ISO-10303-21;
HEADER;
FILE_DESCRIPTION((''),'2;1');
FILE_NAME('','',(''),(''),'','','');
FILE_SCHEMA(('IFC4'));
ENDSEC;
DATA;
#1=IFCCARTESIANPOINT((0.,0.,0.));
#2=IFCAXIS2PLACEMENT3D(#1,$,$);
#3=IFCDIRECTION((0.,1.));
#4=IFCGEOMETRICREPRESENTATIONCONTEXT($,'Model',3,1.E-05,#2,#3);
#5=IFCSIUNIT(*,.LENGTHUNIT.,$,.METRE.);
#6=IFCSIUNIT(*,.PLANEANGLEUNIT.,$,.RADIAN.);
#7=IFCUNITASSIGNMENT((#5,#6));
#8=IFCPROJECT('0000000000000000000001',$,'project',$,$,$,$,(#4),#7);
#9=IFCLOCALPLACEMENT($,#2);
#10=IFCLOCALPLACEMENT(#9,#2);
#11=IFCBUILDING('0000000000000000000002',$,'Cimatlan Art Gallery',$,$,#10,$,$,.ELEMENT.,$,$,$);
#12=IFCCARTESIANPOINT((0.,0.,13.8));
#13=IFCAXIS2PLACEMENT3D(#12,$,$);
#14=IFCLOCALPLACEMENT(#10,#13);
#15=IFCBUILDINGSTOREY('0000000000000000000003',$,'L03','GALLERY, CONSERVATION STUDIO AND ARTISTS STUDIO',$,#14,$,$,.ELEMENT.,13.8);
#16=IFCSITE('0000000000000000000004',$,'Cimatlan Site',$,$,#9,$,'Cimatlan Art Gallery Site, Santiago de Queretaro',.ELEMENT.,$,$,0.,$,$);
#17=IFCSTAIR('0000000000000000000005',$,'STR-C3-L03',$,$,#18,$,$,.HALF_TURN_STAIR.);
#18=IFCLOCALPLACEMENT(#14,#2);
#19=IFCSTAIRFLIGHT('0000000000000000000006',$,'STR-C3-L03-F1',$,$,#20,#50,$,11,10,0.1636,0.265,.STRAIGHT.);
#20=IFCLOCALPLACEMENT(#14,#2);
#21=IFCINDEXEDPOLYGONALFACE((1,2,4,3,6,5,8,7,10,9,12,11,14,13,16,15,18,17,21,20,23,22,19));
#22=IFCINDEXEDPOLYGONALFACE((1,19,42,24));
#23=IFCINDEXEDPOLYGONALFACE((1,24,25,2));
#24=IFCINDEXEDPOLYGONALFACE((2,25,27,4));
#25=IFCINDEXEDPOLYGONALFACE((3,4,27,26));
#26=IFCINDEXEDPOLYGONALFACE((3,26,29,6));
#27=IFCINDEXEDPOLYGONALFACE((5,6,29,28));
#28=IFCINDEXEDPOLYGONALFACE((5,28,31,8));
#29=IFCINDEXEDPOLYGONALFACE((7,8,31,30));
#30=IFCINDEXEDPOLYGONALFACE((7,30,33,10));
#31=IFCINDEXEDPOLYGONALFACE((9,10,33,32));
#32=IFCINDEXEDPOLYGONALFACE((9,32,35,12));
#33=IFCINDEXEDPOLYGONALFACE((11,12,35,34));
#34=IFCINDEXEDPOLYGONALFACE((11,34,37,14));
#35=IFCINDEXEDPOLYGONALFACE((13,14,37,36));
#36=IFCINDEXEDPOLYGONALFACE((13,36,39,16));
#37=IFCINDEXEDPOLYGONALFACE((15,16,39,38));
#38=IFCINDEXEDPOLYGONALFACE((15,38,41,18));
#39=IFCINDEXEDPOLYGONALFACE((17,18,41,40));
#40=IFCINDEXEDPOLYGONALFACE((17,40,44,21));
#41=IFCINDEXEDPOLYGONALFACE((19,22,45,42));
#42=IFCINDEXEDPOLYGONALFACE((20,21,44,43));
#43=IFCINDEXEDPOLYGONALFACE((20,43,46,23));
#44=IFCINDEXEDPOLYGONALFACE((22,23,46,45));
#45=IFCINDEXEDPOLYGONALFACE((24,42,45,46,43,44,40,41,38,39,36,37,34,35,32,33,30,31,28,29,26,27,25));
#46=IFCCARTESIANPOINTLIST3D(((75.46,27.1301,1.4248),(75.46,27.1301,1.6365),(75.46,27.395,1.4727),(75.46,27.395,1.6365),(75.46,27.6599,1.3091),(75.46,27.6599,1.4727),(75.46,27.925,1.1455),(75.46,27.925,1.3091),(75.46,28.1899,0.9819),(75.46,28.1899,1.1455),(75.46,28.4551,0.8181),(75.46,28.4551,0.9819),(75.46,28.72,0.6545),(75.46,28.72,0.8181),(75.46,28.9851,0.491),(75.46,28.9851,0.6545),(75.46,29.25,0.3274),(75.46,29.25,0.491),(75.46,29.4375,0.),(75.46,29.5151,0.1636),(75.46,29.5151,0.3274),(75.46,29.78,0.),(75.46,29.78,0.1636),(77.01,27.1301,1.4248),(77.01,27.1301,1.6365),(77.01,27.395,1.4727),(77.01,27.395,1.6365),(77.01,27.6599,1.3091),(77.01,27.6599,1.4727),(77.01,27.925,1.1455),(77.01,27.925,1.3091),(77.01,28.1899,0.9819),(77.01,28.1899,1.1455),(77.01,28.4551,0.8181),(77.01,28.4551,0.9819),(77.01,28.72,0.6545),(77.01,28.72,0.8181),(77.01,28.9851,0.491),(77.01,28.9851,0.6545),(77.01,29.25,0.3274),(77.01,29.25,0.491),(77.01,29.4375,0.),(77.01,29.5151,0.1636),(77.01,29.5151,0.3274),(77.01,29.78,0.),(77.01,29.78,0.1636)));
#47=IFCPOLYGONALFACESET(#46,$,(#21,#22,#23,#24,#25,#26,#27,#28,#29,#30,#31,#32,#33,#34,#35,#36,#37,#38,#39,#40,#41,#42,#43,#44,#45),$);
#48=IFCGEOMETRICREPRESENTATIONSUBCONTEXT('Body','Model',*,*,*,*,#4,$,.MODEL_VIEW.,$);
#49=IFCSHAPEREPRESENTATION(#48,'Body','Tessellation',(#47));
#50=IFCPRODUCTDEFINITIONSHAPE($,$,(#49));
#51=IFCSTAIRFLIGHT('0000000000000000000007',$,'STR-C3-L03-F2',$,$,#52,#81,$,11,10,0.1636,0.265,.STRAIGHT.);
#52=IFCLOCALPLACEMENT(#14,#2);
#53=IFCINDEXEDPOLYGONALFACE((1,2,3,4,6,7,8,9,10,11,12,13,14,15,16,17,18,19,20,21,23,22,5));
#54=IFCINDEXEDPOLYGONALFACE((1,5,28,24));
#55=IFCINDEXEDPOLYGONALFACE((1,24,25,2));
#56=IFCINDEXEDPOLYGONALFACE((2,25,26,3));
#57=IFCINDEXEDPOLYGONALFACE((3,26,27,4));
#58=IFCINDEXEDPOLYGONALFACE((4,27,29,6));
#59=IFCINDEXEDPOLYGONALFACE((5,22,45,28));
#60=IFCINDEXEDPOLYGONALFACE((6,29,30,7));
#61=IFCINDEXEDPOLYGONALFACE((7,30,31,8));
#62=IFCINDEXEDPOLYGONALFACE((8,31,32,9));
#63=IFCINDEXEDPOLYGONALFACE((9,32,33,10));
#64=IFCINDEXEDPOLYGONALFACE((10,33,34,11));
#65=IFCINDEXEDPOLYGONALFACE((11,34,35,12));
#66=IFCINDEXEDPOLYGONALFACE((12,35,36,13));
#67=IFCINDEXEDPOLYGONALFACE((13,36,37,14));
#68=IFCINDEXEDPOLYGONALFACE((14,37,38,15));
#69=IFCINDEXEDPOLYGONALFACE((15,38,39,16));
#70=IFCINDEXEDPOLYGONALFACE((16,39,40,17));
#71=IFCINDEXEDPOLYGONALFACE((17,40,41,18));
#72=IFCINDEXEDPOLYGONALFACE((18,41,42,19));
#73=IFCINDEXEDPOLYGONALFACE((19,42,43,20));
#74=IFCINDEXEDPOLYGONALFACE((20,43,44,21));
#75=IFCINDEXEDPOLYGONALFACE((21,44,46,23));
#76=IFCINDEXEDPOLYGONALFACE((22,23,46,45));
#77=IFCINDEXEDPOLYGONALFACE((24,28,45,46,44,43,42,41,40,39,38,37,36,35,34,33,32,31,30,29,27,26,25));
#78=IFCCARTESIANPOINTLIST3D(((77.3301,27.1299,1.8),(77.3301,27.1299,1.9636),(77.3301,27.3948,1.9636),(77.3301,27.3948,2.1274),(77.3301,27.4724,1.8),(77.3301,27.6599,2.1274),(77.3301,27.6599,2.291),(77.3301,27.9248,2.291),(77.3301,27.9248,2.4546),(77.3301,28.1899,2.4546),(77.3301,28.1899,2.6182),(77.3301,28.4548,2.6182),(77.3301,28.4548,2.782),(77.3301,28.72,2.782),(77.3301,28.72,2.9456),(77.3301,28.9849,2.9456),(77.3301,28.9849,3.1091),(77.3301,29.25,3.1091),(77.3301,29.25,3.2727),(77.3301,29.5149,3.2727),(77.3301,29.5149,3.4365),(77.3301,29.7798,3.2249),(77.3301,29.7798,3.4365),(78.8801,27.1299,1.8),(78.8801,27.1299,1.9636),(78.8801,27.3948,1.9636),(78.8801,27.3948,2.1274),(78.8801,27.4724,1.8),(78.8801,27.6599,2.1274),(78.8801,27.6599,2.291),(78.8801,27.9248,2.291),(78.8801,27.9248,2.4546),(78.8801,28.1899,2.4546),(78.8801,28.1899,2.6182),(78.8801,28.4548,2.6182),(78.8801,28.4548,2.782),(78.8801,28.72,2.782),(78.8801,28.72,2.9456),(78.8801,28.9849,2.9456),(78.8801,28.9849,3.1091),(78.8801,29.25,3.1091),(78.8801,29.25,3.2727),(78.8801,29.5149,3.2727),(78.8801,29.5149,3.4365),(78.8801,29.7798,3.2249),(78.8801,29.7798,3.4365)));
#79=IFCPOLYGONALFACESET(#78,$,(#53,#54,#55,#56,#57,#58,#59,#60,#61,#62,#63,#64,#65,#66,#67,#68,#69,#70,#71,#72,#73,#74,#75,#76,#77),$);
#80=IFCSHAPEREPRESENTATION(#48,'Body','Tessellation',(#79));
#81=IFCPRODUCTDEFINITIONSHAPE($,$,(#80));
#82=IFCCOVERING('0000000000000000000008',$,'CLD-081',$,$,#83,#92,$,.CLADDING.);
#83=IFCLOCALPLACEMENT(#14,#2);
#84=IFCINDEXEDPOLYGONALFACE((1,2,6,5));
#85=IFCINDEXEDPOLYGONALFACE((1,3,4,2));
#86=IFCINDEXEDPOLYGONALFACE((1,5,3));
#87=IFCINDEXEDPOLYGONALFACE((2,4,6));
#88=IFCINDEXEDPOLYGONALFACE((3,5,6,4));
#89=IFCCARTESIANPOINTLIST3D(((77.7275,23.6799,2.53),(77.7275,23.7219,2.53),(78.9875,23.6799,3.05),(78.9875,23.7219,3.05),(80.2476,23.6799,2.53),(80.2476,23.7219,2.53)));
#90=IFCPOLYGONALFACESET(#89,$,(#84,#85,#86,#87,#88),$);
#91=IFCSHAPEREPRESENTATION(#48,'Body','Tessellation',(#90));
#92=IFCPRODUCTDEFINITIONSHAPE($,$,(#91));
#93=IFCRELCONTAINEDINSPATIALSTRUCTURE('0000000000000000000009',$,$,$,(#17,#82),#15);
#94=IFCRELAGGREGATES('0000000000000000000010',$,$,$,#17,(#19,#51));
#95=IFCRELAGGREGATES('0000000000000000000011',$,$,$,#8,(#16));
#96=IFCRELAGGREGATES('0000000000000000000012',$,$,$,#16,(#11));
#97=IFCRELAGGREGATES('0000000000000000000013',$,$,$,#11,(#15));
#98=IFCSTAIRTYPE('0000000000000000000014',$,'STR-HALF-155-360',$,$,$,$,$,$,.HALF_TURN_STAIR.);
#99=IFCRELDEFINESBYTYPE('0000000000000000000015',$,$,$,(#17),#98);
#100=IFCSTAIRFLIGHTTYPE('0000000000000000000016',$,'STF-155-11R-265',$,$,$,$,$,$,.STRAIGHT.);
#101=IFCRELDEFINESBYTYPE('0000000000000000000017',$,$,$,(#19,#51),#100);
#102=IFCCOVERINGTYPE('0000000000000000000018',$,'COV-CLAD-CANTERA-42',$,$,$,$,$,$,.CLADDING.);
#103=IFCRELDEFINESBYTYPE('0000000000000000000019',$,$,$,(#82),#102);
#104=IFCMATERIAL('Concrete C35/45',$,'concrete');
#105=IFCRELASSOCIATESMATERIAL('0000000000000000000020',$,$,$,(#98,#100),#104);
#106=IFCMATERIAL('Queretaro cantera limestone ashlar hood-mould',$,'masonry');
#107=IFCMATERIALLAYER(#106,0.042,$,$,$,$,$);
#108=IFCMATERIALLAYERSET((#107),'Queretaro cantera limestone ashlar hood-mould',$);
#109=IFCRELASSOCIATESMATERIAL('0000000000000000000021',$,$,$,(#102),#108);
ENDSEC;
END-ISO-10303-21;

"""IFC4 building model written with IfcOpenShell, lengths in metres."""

from ifc_helpers import new_model, si_unit, direction, frame, origin, place, context, subcontext, project, spatial, polyline, outline, extrude, material, layer, layer_set, type_object, element, aggregate, save


model = new_model("IFC4")

# Units and contexts
model_context = context("Model", 3, precision=1e-05, world=origin(), true_north=direction((0.0, 1.0)))
body_context = subcontext(model_context, "Body", "Model", "MODEL_VIEW")
ifc_project = project(units=[si_unit("LENGTHUNIT", "METRE"), si_unit("PLANEANGLEUNIT", "RADIAN")], contexts=[model_context])

# Site, building, storey
site_placement = place(None, origin())
site = spatial("IfcSite", under=ifc_project, at=site_placement, Name="Cimatlan Site", LongName="Cimatlan Art Gallery Site, Santiago de Queretaro", CompositionType="ELEMENT", RefElevation=0.0)
building_placement = place(site_placement, origin())
building = spatial("IfcBuilding", under=site, at=building_placement, Name="Cimatlan Art Gallery", CompositionType="ELEMENT")
storey_placement = place(building_placement, frame((0.0, 0.0, 13.8)))
storey = spatial("IfcBuildingStorey", under=building, at=storey_placement, Name="L03", Description="GALLERY, CONSERVATION STUDIO AND ARTISTS STUDIO", CompositionType="ELEMENT", Elevation=13.8)

# Stair, stair flights
ifc_material_1 = material(Name="Concrete C35/45", Category="concrete")
stair_type = type_object("IfcStairType", Name="STR-HALF-155-360", PredefinedType="HALF_TURN_STAIR", material=ifc_material_1)
stair_placement = place(storey_placement, origin())
stair = element("IfcStair", 1, at=stair_placement, inside=storey, type_object=stair_type, Name="STR-C3-L03", PredefinedType="HALF_TURN_STAIR")
stair_flight_type = type_object("IfcStairFlightType", Name="STF-155-11R-265", PredefinedType="STRAIGHT", material=ifc_material_1)
stair_flight_1_placement = place(storey_placement, frame((76.2351, 29.78, 0.0), z_axis=(0.0, 0.0, 1.0), x_axis=(0.0, -1.0, 0.0)))
stair_flight_1 = element("IfcStairFlight", 2, at=stair_flight_1_placement, type_object=stair_flight_type, Name="STR-C3-L03-F1", NumberOfRisers=11, NumberOfTreads=10, PredefinedType="STRAIGHT", RiserHeight=0.1636, TreadLength=0.265, context=body_context, shape_type="SweptSolid", body=[
    extrude(outline(polyline([(0.0, 0.0), (0.0, 0.1636), (0.2649, 0.1636), (0.2649, 0.3274), (0.53, 0.3274), (0.53, 0.491), (0.7949, 0.491), (0.7949, 0.6545), (1.0601, 0.6545), (1.0601, 0.8181), (1.325, 0.8181), (1.325, 0.9819), (1.5901, 0.9819), (1.5901, 1.1455), (1.855, 1.1455), (1.855, 1.3091), (2.1201, 1.3091), (2.1201, 1.4727), (2.385, 1.4727), (2.385, 1.6365), (2.6499, 1.6365), (2.6499, 1.8), (2.6499, 1.4248), (0.3425, 0.0), (0.0, 0.0)])), frame((0.0, 0.7749, 0.0), z_axis=(0.0, -1.0, 0.0), x_axis=(1.0, 0.0, 0.0)), (0.0, 0.0, 1.0), 1.55),
])
stair_flight_2_placement = place(storey_placement, frame((78.105, 27.1299, 1.8), z_axis=(0.0, 0.0, 1.0), x_axis=(0.0, 1.0, 0.0)))
stair_flight_2 = element("IfcStairFlight", 3, at=stair_flight_2_placement, type_object=stair_flight_type, Name="STR-C3-L03-F2", NumberOfRisers=11, NumberOfTreads=10, PredefinedType="STRAIGHT", RiserHeight=0.1636, TreadLength=0.265, context=body_context, shape_type="SweptSolid", body=[
    extrude(outline(polyline([(0.0, 0.0), (0.0, 0.1636), (0.2649, 0.1636), (0.2649, 0.3274), (0.53, 0.3274), (0.53, 0.491), (0.7949, 0.491), (0.7949, 0.6545), (1.0601, 0.6545), (1.0601, 0.8181), (1.325, 0.8181), (1.325, 0.9819), (1.5901, 0.9819), (1.5901, 1.1455), (1.855, 1.1455), (1.855, 1.3091), (2.1201, 1.3091), (2.1201, 1.4727), (2.385, 1.4727), (2.385, 1.6365), (2.6499, 1.6365), (2.6499, 1.8), (2.6499, 1.4248), (0.3425, 0.0), (0.0, 0.0)])), frame((0.0, 0.7749, 0.0), z_axis=(0.0, -1.0, 0.0), x_axis=(1.0, 0.0, 0.0)), (0.0, 0.0, 1.0), 1.55),
])
aggregate(stair, [stair_flight_1, stair_flight_2])

# Covering
ifc_material_2 = material(Name="Queretaro cantera limestone ashlar hood-mould", Category="masonry")
ifc_layer_1 = layer(ifc_material_2, 0.042)
ifc_layer_set_1 = layer_set([ifc_layer_1], Name="Queretaro cantera limestone ashlar hood-mould")
covering_type = type_object("IfcCoveringType", Name="COV-CLAD-CANTERA-42", PredefinedType="CLADDING", material=ifc_layer_set_1)
covering_placement = place(storey_placement, frame((80.2476, 23.7219, 2.53), z_axis=(0.0, 1.0, 0.0), x_axis=(-1.0, 0.0, 0.0)))
element("IfcCovering", 4, at=covering_placement, inside=storey, type_object=covering_type, Name="CLD-081", PredefinedType="CLADDING", context=body_context, shape_type="SweptSolid", body=[
    extrude(outline(polyline([(0.0, 0.0), (2.52, 0.0), (1.26, 0.52), (0.0, 0.0)])), origin(), (0.0, 0.0, -1.0), 0.042),
])

save(model, "model.ifc")
